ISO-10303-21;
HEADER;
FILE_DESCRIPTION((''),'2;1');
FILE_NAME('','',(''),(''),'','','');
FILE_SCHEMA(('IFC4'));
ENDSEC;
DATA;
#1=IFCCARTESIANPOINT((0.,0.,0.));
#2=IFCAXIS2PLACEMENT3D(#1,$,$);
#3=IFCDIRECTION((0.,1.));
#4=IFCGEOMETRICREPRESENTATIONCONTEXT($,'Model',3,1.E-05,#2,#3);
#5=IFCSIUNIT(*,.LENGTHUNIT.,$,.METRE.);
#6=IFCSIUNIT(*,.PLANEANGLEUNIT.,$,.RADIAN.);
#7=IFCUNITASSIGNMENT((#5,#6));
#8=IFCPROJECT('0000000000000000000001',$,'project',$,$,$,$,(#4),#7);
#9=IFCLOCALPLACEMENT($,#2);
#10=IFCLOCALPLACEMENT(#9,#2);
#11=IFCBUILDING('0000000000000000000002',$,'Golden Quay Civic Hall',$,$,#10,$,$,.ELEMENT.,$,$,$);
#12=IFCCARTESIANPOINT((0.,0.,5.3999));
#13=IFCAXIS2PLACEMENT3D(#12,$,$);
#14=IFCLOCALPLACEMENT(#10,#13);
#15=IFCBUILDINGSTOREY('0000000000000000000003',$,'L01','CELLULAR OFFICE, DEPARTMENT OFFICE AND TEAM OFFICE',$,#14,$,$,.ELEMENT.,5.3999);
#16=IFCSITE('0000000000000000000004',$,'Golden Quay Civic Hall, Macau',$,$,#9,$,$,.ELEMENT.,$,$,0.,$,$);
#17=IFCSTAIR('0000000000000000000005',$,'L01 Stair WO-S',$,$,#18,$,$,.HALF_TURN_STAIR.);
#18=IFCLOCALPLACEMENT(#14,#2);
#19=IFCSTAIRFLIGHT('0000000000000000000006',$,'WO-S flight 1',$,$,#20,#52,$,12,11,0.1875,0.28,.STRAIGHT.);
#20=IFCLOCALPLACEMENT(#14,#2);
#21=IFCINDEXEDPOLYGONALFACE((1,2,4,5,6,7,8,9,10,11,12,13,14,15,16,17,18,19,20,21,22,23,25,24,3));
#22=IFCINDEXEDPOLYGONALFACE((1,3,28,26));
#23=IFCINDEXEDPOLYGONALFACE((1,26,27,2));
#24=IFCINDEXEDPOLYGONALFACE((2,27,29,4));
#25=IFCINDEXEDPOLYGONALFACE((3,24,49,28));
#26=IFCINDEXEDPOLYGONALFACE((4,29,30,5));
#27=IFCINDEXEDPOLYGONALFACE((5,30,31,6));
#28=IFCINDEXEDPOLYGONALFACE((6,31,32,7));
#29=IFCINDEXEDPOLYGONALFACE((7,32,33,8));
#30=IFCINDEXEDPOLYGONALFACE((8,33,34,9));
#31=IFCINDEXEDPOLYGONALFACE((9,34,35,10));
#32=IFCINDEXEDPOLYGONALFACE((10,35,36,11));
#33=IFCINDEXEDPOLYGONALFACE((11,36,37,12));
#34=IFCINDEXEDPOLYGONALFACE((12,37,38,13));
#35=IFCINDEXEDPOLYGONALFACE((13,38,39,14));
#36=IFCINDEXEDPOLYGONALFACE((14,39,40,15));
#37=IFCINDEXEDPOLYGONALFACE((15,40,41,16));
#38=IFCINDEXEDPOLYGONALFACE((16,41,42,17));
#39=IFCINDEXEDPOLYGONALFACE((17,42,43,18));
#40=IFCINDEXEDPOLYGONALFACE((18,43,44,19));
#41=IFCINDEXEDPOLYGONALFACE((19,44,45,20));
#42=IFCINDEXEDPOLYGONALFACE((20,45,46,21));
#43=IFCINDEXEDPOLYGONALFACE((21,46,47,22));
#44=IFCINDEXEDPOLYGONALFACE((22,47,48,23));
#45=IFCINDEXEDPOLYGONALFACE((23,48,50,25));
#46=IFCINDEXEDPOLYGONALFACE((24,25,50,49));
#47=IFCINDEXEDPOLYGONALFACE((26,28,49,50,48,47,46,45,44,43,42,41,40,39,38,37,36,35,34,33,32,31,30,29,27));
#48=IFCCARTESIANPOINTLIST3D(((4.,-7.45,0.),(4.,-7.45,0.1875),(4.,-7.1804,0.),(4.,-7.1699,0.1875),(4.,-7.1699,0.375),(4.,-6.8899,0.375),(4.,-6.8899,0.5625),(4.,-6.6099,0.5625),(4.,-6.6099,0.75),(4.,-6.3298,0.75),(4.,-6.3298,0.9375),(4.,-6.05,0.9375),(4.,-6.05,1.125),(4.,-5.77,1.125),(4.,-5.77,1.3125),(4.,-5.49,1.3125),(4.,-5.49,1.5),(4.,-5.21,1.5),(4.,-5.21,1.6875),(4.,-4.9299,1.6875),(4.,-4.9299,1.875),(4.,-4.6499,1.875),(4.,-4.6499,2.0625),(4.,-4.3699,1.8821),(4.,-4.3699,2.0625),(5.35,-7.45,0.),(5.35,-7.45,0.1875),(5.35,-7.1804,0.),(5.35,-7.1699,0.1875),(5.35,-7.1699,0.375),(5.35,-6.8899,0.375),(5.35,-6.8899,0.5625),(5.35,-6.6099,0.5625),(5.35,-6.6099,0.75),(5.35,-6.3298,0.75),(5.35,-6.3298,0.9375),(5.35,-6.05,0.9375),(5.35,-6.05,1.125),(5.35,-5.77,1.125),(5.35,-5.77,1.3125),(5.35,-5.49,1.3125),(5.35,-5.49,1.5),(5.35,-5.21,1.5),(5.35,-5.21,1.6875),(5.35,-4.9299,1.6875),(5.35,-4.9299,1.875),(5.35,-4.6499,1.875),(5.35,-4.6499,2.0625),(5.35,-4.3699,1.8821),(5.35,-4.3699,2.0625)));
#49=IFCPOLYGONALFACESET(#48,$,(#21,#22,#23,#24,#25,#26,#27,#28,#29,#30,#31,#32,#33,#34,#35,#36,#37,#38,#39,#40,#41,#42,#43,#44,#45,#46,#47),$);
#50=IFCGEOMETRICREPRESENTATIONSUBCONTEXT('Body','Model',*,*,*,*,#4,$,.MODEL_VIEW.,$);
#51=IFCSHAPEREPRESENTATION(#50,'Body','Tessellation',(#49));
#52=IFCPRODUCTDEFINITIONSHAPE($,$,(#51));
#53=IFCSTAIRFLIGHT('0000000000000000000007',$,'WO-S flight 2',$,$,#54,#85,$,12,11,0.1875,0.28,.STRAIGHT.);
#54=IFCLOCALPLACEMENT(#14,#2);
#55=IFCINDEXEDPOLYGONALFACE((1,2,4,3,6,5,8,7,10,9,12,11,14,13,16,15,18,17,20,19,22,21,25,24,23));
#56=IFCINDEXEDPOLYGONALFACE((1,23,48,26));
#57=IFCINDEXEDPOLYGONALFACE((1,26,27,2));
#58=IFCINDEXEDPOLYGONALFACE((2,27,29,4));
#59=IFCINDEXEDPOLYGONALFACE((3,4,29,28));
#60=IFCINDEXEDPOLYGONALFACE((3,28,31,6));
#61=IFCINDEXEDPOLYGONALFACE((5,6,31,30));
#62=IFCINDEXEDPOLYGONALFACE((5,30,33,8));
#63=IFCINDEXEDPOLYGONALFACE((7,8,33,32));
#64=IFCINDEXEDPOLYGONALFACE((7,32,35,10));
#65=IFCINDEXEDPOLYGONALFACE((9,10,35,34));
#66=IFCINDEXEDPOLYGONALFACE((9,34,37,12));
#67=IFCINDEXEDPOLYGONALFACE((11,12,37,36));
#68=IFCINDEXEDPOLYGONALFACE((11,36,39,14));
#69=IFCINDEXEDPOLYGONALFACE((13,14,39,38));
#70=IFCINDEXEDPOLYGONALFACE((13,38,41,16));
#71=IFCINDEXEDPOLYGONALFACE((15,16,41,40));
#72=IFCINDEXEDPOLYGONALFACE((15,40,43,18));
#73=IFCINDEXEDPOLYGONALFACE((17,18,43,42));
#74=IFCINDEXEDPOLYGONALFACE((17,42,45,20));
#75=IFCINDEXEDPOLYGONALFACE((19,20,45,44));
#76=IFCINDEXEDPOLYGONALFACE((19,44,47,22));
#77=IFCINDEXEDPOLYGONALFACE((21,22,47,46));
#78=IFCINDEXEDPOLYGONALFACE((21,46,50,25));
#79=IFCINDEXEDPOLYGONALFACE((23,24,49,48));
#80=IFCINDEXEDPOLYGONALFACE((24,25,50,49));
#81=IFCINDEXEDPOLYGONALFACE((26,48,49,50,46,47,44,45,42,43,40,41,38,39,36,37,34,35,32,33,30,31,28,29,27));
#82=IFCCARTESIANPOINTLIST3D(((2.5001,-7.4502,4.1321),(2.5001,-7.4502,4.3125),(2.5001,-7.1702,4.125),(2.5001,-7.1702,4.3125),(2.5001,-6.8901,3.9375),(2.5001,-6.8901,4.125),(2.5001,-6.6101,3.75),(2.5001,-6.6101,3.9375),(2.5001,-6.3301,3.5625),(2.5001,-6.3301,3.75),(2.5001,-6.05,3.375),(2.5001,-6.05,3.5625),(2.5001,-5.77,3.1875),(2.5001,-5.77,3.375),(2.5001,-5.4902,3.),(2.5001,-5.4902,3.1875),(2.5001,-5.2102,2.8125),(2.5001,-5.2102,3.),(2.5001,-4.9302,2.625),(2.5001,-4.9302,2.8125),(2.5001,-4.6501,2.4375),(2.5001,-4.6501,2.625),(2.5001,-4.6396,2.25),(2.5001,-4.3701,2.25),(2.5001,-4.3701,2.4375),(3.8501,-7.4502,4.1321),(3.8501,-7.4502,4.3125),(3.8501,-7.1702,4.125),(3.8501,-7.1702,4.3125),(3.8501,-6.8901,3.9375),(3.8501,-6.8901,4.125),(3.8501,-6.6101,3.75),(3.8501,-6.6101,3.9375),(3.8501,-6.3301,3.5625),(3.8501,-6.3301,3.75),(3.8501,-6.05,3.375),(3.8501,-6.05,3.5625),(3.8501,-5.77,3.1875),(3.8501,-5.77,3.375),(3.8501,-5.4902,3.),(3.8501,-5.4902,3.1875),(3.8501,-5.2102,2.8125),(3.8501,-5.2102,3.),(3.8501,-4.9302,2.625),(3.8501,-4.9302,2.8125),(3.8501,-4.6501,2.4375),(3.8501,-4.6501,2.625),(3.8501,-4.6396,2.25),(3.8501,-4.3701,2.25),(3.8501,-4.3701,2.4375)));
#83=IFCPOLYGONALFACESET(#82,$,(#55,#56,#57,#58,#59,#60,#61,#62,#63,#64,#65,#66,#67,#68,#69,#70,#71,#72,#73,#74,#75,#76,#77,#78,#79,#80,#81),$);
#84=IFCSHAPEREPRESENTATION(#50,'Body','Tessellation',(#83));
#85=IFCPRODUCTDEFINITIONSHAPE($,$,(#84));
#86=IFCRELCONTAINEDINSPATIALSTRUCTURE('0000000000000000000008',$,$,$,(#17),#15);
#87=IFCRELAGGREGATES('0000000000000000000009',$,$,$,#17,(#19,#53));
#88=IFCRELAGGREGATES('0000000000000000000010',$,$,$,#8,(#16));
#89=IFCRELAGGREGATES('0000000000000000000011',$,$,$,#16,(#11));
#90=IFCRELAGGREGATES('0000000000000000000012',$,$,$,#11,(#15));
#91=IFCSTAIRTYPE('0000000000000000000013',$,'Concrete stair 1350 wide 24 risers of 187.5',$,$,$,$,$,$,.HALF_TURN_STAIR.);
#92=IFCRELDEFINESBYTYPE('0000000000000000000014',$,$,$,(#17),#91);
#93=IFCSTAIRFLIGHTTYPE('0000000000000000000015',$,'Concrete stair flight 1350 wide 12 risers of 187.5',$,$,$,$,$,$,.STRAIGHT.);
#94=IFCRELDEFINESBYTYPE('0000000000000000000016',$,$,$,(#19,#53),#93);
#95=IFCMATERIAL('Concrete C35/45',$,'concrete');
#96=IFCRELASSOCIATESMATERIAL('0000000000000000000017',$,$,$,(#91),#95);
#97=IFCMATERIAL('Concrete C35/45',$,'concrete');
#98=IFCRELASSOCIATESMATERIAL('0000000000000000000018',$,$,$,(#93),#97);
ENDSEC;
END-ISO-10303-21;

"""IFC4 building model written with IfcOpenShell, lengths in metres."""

from ifc_helpers import new_model, si_unit, direction, frame, origin, place, context, subcontext, project, spatial, polyline, outline, extrude, material, type_object, element, aggregate, save


model = new_model("IFC4")

# Units and contexts
model_context = context("Model", 3, precision=1e-05, world=origin(), true_north=direction((0.0, 1.0)))
body_context = subcontext(model_context, "Body", "Model", "MODEL_VIEW")
ifc_project = project(units=[si_unit("LENGTHUNIT", "METRE"), si_unit("PLANEANGLEUNIT", "RADIAN")], contexts=[model_context])

# Site, building, storey
site_placement = place(None, origin())
site = spatial("IfcSite", under=ifc_project, at=site_placement, Name="Golden Quay Civic Hall, Macau", CompositionType="ELEMENT", RefElevation=0.0)
building_placement = place(site_placement, origin())
building = spatial("IfcBuilding", under=site, at=building_placement, Name="Golden Quay Civic Hall", CompositionType="ELEMENT")
storey_placement = place(building_placement, frame((0.0, 0.0, 5.3999)))
storey = spatial("IfcBuildingStorey", under=building, at=storey_placement, Name="L01", Description="CELLULAR OFFICE, DEPARTMENT OFFICE AND TEAM OFFICE", CompositionType="ELEMENT", Elevation=5.3999)

# Stair, stair flights
ifc_material_1 = material(Name="Concrete C35/45", Category="concrete")
stair_type = type_object("IfcStairType", Name="Concrete stair 1350 wide 24 risers of 187.5", PredefinedType="HALF_TURN_STAIR", material=ifc_material_1)
stair_placement = place(storey_placement, origin())
stair = element("IfcStair", 1, at=stair_placement, inside=storey, type_object=stair_type, Name="L01 Stair WO-S", PredefinedType="HALF_TURN_STAIR")
ifc_material_2 = material(Name="Concrete C35/45", Category="concrete")
stair_flight_type = type_object("IfcStairFlightType", Name="Concrete stair flight 1350 wide 12 risers of 187.5", PredefinedType="STRAIGHT", material=ifc_material_2)
stair_flight_1_placement = place(storey_placement, frame((4.675, -7.45, 0.0), z_axis=(0.0, 0.0, 1.0), x_axis=(0.0, 1.0, 0.0)))
stair_flight_1 = element("IfcStairFlight", 2, at=stair_flight_1_placement, type_object=stair_flight_type, Name="WO-S flight 1", NumberOfRisers=12, NumberOfTreads=11, PredefinedType="STRAIGHT", RiserHeight=0.1875, TreadLength=0.28, context=body_context, shape_type="SweptSolid", body=[
    extrude(outline(polyline([(0.0, 0.0), (0.0, 0.1875), (0.28, 0.1875), (0.28, 0.375), (0.5601, 0.375), (0.5601, 0.5625), (0.8401, 0.5625), (0.8401, 0.75), (1.1201, 0.75), (1.1201, 0.9375), (1.3999, 0.9375), (1.3999, 1.125), (1.6799, 1.125), (1.6799, 1.3125), (1.96, 1.3125), (1.96, 1.5), (2.24, 1.5), (2.24, 1.6875), (2.52, 1.6875), (2.52, 1.875), (2.8, 1.875), (2.8, 2.0625), (3.0801, 2.0625), (3.0801, 2.25), (3.0801, 1.8821), (0.2695, 0.0), (0.0, 0.0)])), frame((0.0, 0.675, 0.0), z_axis=(0.0, -1.0, 0.0), x_axis=(1.0, 0.0, 0.0)), (0.0, 0.0, 1.0), 1.35),
])
stair_flight_2_placement = place(storey_placement, frame((3.175, -4.3701, 2.25), z_axis=(0.0, 0.0, 1.0), x_axis=(0.0, -1.0, 0.0)))
stair_flight_2 = element("IfcStairFlight", 3, at=stair_flight_2_placement, type_object=stair_flight_type, Name="WO-S flight 2", NumberOfRisers=12, NumberOfTreads=11, PredefinedType="STRAIGHT", RiserHeight=0.1875, TreadLength=0.28, context=body_context, shape_type="SweptSolid", body=[
    extrude(outline(polyline([(0.0, 0.0), (0.0, 0.1875), (0.28, 0.1875), (0.28, 0.375), (0.5601, 0.375), (0.5601, 0.5625), (0.8401, 0.5625), (0.8401, 0.75), (1.1201, 0.75), (1.1201, 0.9375), (1.3999, 0.9375), (1.3999, 1.125), (1.6799, 1.125), (1.6799, 1.3125), (1.96, 1.3125), (1.96, 1.5), (2.24, 1.5), (2.24, 1.6875), (2.52, 1.6875), (2.52, 1.875), (2.8, 1.875), (2.8, 2.0625), (3.0801, 2.0625), (3.0801, 2.25), (3.0801, 1.8821), (0.2695, 0.0), (0.0, 0.0)])), frame((0.0, 0.675, 0.0), z_axis=(0.0, -1.0, 0.0), x_axis=(1.0, 0.0, 0.0)), (0.0, 0.0, 1.0), 1.35),
])
aggregate(stair, [stair_flight_1, stair_flight_2])

save(model, "model.ifc")
